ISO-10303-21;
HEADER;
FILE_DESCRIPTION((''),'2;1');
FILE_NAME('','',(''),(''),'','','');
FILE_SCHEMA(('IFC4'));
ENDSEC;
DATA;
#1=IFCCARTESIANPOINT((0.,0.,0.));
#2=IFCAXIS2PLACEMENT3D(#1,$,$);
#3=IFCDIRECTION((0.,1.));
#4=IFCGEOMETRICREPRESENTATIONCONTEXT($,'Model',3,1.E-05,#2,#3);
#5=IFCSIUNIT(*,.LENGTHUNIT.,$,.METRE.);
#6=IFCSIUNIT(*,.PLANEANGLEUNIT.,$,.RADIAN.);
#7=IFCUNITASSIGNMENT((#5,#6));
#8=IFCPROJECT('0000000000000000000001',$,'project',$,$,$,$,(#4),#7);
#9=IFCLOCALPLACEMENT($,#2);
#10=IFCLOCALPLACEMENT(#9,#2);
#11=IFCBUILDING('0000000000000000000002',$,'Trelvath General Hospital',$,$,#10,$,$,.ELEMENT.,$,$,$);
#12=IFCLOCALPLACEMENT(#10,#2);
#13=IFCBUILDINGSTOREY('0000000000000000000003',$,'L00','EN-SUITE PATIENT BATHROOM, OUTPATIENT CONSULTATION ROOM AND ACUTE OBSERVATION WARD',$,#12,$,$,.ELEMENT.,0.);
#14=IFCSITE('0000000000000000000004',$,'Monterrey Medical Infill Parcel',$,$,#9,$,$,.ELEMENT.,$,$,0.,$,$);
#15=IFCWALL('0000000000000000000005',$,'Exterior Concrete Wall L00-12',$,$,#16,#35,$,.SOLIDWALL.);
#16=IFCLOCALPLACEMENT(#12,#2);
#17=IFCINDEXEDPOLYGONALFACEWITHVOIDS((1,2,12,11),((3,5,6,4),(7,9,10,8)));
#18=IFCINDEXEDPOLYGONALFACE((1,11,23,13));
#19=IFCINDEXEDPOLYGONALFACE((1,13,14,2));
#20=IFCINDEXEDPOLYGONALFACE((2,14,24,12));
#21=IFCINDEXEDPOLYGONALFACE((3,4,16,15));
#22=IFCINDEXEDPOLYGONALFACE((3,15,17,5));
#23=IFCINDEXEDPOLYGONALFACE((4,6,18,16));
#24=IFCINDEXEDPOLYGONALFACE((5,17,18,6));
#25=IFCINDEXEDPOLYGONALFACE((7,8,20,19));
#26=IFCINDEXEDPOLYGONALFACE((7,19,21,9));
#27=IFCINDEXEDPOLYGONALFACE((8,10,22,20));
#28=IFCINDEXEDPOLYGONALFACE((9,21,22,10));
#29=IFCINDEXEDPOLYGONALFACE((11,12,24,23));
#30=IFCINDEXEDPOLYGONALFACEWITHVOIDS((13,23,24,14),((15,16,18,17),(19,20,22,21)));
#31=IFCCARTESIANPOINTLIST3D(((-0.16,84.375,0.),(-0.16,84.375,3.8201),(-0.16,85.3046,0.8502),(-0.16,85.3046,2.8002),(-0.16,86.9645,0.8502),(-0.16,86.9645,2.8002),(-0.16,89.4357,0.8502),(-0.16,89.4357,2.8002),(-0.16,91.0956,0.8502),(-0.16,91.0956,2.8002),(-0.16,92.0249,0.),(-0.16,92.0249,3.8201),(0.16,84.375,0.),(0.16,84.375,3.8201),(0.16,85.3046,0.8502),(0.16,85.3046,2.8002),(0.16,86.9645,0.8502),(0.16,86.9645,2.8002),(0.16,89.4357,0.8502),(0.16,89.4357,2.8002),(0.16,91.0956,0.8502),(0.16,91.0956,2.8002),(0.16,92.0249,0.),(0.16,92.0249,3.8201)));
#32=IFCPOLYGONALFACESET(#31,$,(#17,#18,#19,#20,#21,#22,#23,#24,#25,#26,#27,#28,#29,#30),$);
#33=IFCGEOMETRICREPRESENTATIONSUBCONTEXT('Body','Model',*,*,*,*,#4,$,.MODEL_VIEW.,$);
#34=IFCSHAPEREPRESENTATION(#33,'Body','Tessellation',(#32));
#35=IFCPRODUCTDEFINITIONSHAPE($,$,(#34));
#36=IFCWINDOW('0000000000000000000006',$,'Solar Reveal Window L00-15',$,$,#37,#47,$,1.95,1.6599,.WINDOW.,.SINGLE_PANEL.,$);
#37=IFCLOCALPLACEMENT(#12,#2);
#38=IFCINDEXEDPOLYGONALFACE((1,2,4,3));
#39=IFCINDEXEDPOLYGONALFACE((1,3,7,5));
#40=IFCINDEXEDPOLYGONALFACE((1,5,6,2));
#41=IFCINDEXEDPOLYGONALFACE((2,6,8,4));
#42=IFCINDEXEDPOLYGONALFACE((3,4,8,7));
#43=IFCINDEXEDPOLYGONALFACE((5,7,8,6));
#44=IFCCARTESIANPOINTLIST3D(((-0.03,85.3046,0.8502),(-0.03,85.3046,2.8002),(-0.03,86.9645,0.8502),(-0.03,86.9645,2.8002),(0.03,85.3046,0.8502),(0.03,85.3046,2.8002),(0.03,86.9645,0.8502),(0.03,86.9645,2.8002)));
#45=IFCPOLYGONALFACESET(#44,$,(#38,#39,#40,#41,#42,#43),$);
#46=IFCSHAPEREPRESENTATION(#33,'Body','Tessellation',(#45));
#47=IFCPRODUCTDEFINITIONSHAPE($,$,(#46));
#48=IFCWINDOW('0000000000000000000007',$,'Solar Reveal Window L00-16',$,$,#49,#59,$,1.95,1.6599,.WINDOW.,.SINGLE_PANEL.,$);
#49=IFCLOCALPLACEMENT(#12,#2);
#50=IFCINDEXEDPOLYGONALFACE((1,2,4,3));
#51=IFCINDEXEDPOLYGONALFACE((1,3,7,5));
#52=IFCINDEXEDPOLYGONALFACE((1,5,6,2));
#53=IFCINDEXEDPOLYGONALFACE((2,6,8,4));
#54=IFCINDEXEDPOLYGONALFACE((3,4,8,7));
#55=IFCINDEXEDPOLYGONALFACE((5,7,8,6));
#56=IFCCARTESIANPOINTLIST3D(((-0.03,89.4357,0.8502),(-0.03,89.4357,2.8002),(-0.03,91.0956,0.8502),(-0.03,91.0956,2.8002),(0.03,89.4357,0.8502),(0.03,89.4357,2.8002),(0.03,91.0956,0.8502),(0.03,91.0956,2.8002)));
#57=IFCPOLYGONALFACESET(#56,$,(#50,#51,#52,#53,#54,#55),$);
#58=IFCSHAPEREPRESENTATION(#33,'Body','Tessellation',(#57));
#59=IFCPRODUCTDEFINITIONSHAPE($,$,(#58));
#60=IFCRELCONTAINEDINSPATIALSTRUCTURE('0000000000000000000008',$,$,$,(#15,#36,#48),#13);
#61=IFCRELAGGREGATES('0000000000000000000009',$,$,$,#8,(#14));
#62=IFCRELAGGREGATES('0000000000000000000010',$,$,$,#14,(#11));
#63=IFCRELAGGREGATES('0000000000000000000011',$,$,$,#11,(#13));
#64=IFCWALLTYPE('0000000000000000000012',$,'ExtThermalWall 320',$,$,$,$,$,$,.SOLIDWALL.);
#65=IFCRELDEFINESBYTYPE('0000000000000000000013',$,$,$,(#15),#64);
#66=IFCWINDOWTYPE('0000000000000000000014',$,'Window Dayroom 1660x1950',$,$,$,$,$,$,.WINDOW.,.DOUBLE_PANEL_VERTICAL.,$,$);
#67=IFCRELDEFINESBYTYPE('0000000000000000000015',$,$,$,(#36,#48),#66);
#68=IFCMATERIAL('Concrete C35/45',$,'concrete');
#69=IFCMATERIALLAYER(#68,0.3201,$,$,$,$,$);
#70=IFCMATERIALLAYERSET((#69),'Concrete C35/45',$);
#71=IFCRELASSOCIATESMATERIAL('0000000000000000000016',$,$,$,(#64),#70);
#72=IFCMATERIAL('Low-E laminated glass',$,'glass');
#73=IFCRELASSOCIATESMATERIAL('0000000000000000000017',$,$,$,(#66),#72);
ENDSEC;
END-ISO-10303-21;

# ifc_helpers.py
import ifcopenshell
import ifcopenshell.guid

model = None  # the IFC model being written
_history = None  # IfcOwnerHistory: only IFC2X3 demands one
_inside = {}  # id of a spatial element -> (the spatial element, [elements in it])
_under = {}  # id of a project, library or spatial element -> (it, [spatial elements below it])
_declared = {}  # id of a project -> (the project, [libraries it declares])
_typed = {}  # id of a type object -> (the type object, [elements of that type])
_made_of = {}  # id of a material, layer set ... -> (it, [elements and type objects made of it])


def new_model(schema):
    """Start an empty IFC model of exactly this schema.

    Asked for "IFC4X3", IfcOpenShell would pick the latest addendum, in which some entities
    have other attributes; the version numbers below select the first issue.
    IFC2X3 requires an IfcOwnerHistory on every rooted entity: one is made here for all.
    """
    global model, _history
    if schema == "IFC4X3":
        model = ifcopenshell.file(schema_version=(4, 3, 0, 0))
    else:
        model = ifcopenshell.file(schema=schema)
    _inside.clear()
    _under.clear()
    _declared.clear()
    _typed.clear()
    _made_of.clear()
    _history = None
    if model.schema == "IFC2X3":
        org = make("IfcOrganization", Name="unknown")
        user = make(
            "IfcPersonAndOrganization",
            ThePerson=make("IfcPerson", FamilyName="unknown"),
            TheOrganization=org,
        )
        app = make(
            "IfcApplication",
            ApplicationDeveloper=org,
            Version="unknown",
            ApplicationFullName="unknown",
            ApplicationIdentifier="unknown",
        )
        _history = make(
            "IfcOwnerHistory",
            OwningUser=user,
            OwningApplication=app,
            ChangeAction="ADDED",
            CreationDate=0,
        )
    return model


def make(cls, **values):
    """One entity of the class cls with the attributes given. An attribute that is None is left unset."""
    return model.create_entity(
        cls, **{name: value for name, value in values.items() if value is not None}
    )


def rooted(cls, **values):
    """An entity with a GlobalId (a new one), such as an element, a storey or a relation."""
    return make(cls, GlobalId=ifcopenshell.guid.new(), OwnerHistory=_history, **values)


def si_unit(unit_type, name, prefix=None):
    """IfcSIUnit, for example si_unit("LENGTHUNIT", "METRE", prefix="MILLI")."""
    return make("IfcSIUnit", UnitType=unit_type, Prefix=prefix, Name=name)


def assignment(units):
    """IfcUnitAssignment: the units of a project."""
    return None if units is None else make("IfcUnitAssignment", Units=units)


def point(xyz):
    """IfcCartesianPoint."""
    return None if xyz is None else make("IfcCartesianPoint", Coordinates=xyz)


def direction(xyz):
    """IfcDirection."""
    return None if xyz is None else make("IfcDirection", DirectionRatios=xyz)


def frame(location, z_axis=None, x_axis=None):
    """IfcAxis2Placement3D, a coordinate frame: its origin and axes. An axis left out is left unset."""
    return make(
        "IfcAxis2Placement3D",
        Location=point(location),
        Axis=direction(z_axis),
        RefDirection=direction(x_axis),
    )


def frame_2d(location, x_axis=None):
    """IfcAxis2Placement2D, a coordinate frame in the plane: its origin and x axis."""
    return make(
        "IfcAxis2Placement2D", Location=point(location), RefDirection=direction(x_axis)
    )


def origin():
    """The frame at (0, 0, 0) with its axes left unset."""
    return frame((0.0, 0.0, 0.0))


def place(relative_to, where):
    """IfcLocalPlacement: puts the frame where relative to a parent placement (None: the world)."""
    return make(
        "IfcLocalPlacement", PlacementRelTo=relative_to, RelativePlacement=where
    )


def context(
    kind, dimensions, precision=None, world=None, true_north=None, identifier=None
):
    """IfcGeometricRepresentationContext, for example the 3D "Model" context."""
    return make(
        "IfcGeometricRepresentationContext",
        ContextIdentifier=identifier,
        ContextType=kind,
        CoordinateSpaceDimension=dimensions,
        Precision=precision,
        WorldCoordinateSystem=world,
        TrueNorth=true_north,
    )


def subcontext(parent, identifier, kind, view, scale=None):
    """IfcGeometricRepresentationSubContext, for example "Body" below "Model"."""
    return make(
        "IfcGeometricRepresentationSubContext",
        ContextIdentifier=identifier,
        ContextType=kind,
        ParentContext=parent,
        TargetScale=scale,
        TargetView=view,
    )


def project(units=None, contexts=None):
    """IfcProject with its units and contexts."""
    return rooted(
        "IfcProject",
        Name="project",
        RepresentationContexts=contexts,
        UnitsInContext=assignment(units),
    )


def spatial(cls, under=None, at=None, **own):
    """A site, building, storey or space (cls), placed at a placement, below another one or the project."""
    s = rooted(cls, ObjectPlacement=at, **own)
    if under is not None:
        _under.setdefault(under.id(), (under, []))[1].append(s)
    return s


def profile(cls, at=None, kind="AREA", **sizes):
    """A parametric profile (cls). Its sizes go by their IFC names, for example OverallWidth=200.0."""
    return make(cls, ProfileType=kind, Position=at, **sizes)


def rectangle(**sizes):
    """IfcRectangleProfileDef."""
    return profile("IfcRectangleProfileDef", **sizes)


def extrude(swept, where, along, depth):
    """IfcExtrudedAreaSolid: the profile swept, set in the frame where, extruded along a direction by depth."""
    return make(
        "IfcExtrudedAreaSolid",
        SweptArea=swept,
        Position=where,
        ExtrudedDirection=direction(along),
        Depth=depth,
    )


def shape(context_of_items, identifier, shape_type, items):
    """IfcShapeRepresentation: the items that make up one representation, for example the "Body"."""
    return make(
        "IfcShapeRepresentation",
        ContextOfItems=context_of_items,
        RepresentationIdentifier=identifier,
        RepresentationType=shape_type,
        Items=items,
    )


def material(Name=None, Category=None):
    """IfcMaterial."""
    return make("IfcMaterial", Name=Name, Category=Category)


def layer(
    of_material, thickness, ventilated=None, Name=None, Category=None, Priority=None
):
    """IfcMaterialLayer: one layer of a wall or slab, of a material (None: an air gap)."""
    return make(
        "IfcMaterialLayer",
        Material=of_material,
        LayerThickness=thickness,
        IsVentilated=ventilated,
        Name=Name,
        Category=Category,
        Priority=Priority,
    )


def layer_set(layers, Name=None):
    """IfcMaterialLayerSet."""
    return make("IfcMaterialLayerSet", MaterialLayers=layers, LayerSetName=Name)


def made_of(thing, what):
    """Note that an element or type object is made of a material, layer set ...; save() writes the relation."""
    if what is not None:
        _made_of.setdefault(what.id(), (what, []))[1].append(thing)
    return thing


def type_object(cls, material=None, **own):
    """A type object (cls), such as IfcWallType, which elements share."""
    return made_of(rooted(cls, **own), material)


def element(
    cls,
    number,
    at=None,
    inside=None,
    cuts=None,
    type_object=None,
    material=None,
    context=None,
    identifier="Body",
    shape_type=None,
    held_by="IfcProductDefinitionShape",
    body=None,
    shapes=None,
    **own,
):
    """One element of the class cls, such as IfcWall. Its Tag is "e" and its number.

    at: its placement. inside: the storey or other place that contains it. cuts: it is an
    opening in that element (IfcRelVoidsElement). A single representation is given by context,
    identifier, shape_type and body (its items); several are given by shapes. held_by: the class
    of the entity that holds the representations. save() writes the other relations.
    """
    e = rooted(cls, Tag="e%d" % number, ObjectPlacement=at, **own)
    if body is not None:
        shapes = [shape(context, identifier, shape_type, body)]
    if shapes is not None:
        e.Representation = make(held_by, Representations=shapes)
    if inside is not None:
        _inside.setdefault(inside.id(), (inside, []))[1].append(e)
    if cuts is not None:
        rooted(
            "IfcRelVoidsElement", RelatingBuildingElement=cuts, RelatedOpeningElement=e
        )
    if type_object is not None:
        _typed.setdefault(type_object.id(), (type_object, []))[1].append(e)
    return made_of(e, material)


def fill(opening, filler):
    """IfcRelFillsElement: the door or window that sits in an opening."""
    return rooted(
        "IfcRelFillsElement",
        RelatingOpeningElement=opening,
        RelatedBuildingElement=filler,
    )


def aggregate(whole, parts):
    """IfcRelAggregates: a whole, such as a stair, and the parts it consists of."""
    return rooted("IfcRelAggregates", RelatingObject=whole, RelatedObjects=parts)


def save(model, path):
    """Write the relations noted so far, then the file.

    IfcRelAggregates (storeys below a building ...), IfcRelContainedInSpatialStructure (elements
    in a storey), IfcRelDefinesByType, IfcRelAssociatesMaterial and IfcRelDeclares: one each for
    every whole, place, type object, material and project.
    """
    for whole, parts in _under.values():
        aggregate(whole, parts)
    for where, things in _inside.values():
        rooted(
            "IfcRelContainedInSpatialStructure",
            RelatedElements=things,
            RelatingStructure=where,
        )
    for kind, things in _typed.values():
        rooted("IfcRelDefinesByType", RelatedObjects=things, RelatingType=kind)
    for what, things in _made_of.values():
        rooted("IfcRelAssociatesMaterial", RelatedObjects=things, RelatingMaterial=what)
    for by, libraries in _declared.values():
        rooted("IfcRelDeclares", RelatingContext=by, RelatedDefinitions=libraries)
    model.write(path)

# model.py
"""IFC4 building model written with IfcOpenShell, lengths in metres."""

from ifc_helpers import new_model, si_unit, direction, frame, frame_2d, origin, place, context, subcontext, project, spatial, rectangle, extrude, material, layer, layer_set, type_object, element, fill, save


model = new_model("IFC4")

# Units and contexts
model_context = context("Model", 3, precision=1e-05, world=origin(), true_north=direction((0.0, 1.0)))
body_context = subcontext(model_context, "Body", "Model", "MODEL_VIEW")
ifc_project = project(units=[si_unit("LENGTHUNIT", "METRE"), si_unit("PLANEANGLEUNIT", "RADIAN")], contexts=[model_context])

# Site, building, storey
site_placement = place(None, origin())
site = spatial("IfcSite", under=ifc_project, at=site_placement, Name="Monterrey Medical Infill Parcel", CompositionType="ELEMENT", RefElevation=0.0)
building_placement = place(site_placement, origin())
building = spatial("IfcBuilding", under=site, at=building_placement, Name="Trelvath General Hospital", CompositionType="ELEMENT")
storey_placement = place(building_placement, origin())
storey = spatial("IfcBuildingStorey", under=building, at=storey_placement, Name="L00", Description="EN-SUITE PATIENT BATHROOM, OUTPATIENT CONSULTATION ROOM AND ACUTE OBSERVATION WARD", CompositionType="ELEMENT", Elevation=0.0)

# Wall, openings, windows
ifc_material_1 = material(Name="Concrete C35/45", Category="concrete")
ifc_layer_1 = layer(ifc_material_1, 0.3201)
ifc_layer_set_1 = layer_set([ifc_layer_1], Name="Concrete C35/45")
wall_type = type_object("IfcWallType", Name="ExtThermalWall 320", PredefinedType="SOLIDWALL", material=ifc_layer_set_1)
wall_placement = place(storey_placement, frame((0.0, 84.375, 0.0), z_axis=(0.0, 0.0, 1.0), x_axis=(0.0, 1.0, 0.0)))
wall = element("IfcWall", 1, at=wall_placement, inside=storey, type_object=wall_type, Name="Exterior Concrete Wall L00-12", PredefinedType="SOLIDWALL", context=body_context, shape_type="SweptSolid", body=[
    extrude(rectangle(XDim=7.6499, YDim=0.3201, at=frame_2d((3.825, 0.0))), origin(), (0.0, 0.0, 1.0), 3.8201),
])
opening_1_placement = place(wall_placement, frame((0.9294, 0.0, 0.8501)))
opening_1 = element("IfcOpeningElement", 2, at=opening_1_placement, cuts=wall, PredefinedType="OPENING", context=body_context, shape_type="SweptSolid", body=[
    extrude(rectangle(XDim=1.6599, YDim=1.95, at=frame_2d((0.8301, 0.9751))), frame((0.0, 0.1699, 0.0), z_axis=(0.0, -1.0, 0.0), x_axis=(1.0, 0.0, 0.0)), (0.0, 0.0, 1.0), 0.3401),
])
opening_2_placement = place(wall_placement, frame((5.0605, 0.0, 0.8501)))
opening_2 = element("IfcOpeningElement", 3, at=opening_2_placement, cuts=wall, PredefinedType="OPENING", context=body_context, shape_type="SweptSolid", body=[
    extrude(rectangle(XDim=1.6599, YDim=1.95, at=frame_2d((0.8301, 0.9751))), frame((0.0, 0.1699, 0.0), z_axis=(0.0, -1.0, 0.0), x_axis=(1.0, 0.0, 0.0)), (0.0, 0.0, 1.0), 0.3401),
])
ifc_material_2 = material(Name="Low-E laminated glass", Category="glass")
window_type = type_object("IfcWindowType", Name="Window Dayroom 1660x1950", PartitioningType="DOUBLE_PANEL_VERTICAL", PredefinedType="WINDOW", material=ifc_material_2)
window_1_placement = place(opening_1_placement, origin())
window_1 = element("IfcWindow", 4, at=window_1_placement, inside=storey, type_object=window_type, Name="Solar Reveal Window L00-15", OverallHeight=1.95, OverallWidth=1.6599, PartitioningType="SINGLE_PANEL", PredefinedType="WINDOW", context=body_context, shape_type="SweptSolid", body=[
    extrude(rectangle(XDim=1.6599, YDim=1.95, at=frame_2d((0.8301, 0.9751))), frame((0.0, 0.03, 0.0), z_axis=(0.0, -1.0, 0.0), x_axis=(1.0, 0.0, 0.0)), (0.0, 0.0, 1.0), 0.0601),
])
fill(opening_1, window_1)
window_2_placement = place(opening_2_placement, origin())
window_2 = element("IfcWindow", 5, at=window_2_placement, inside=storey, type_object=window_type, Name="Solar Reveal Window L00-16", OverallHeight=1.95, OverallWidth=1.6599, PartitioningType="SINGLE_PANEL", PredefinedType="WINDOW", context=body_context, shape_type="SweptSolid", body=[
    extrude(rectangle(XDim=1.6599, YDim=1.95, at=frame_2d((0.8301, 0.9751))), frame((0.0, 0.03, 0.0), z_axis=(0.0, -1.0, 0.0), x_axis=(1.0, 0.0, 0.0)), (0.0, 0.0, 1.0), 0.0601),
])
fill(opening_2, window_2)

save(model, "model.ifc")
